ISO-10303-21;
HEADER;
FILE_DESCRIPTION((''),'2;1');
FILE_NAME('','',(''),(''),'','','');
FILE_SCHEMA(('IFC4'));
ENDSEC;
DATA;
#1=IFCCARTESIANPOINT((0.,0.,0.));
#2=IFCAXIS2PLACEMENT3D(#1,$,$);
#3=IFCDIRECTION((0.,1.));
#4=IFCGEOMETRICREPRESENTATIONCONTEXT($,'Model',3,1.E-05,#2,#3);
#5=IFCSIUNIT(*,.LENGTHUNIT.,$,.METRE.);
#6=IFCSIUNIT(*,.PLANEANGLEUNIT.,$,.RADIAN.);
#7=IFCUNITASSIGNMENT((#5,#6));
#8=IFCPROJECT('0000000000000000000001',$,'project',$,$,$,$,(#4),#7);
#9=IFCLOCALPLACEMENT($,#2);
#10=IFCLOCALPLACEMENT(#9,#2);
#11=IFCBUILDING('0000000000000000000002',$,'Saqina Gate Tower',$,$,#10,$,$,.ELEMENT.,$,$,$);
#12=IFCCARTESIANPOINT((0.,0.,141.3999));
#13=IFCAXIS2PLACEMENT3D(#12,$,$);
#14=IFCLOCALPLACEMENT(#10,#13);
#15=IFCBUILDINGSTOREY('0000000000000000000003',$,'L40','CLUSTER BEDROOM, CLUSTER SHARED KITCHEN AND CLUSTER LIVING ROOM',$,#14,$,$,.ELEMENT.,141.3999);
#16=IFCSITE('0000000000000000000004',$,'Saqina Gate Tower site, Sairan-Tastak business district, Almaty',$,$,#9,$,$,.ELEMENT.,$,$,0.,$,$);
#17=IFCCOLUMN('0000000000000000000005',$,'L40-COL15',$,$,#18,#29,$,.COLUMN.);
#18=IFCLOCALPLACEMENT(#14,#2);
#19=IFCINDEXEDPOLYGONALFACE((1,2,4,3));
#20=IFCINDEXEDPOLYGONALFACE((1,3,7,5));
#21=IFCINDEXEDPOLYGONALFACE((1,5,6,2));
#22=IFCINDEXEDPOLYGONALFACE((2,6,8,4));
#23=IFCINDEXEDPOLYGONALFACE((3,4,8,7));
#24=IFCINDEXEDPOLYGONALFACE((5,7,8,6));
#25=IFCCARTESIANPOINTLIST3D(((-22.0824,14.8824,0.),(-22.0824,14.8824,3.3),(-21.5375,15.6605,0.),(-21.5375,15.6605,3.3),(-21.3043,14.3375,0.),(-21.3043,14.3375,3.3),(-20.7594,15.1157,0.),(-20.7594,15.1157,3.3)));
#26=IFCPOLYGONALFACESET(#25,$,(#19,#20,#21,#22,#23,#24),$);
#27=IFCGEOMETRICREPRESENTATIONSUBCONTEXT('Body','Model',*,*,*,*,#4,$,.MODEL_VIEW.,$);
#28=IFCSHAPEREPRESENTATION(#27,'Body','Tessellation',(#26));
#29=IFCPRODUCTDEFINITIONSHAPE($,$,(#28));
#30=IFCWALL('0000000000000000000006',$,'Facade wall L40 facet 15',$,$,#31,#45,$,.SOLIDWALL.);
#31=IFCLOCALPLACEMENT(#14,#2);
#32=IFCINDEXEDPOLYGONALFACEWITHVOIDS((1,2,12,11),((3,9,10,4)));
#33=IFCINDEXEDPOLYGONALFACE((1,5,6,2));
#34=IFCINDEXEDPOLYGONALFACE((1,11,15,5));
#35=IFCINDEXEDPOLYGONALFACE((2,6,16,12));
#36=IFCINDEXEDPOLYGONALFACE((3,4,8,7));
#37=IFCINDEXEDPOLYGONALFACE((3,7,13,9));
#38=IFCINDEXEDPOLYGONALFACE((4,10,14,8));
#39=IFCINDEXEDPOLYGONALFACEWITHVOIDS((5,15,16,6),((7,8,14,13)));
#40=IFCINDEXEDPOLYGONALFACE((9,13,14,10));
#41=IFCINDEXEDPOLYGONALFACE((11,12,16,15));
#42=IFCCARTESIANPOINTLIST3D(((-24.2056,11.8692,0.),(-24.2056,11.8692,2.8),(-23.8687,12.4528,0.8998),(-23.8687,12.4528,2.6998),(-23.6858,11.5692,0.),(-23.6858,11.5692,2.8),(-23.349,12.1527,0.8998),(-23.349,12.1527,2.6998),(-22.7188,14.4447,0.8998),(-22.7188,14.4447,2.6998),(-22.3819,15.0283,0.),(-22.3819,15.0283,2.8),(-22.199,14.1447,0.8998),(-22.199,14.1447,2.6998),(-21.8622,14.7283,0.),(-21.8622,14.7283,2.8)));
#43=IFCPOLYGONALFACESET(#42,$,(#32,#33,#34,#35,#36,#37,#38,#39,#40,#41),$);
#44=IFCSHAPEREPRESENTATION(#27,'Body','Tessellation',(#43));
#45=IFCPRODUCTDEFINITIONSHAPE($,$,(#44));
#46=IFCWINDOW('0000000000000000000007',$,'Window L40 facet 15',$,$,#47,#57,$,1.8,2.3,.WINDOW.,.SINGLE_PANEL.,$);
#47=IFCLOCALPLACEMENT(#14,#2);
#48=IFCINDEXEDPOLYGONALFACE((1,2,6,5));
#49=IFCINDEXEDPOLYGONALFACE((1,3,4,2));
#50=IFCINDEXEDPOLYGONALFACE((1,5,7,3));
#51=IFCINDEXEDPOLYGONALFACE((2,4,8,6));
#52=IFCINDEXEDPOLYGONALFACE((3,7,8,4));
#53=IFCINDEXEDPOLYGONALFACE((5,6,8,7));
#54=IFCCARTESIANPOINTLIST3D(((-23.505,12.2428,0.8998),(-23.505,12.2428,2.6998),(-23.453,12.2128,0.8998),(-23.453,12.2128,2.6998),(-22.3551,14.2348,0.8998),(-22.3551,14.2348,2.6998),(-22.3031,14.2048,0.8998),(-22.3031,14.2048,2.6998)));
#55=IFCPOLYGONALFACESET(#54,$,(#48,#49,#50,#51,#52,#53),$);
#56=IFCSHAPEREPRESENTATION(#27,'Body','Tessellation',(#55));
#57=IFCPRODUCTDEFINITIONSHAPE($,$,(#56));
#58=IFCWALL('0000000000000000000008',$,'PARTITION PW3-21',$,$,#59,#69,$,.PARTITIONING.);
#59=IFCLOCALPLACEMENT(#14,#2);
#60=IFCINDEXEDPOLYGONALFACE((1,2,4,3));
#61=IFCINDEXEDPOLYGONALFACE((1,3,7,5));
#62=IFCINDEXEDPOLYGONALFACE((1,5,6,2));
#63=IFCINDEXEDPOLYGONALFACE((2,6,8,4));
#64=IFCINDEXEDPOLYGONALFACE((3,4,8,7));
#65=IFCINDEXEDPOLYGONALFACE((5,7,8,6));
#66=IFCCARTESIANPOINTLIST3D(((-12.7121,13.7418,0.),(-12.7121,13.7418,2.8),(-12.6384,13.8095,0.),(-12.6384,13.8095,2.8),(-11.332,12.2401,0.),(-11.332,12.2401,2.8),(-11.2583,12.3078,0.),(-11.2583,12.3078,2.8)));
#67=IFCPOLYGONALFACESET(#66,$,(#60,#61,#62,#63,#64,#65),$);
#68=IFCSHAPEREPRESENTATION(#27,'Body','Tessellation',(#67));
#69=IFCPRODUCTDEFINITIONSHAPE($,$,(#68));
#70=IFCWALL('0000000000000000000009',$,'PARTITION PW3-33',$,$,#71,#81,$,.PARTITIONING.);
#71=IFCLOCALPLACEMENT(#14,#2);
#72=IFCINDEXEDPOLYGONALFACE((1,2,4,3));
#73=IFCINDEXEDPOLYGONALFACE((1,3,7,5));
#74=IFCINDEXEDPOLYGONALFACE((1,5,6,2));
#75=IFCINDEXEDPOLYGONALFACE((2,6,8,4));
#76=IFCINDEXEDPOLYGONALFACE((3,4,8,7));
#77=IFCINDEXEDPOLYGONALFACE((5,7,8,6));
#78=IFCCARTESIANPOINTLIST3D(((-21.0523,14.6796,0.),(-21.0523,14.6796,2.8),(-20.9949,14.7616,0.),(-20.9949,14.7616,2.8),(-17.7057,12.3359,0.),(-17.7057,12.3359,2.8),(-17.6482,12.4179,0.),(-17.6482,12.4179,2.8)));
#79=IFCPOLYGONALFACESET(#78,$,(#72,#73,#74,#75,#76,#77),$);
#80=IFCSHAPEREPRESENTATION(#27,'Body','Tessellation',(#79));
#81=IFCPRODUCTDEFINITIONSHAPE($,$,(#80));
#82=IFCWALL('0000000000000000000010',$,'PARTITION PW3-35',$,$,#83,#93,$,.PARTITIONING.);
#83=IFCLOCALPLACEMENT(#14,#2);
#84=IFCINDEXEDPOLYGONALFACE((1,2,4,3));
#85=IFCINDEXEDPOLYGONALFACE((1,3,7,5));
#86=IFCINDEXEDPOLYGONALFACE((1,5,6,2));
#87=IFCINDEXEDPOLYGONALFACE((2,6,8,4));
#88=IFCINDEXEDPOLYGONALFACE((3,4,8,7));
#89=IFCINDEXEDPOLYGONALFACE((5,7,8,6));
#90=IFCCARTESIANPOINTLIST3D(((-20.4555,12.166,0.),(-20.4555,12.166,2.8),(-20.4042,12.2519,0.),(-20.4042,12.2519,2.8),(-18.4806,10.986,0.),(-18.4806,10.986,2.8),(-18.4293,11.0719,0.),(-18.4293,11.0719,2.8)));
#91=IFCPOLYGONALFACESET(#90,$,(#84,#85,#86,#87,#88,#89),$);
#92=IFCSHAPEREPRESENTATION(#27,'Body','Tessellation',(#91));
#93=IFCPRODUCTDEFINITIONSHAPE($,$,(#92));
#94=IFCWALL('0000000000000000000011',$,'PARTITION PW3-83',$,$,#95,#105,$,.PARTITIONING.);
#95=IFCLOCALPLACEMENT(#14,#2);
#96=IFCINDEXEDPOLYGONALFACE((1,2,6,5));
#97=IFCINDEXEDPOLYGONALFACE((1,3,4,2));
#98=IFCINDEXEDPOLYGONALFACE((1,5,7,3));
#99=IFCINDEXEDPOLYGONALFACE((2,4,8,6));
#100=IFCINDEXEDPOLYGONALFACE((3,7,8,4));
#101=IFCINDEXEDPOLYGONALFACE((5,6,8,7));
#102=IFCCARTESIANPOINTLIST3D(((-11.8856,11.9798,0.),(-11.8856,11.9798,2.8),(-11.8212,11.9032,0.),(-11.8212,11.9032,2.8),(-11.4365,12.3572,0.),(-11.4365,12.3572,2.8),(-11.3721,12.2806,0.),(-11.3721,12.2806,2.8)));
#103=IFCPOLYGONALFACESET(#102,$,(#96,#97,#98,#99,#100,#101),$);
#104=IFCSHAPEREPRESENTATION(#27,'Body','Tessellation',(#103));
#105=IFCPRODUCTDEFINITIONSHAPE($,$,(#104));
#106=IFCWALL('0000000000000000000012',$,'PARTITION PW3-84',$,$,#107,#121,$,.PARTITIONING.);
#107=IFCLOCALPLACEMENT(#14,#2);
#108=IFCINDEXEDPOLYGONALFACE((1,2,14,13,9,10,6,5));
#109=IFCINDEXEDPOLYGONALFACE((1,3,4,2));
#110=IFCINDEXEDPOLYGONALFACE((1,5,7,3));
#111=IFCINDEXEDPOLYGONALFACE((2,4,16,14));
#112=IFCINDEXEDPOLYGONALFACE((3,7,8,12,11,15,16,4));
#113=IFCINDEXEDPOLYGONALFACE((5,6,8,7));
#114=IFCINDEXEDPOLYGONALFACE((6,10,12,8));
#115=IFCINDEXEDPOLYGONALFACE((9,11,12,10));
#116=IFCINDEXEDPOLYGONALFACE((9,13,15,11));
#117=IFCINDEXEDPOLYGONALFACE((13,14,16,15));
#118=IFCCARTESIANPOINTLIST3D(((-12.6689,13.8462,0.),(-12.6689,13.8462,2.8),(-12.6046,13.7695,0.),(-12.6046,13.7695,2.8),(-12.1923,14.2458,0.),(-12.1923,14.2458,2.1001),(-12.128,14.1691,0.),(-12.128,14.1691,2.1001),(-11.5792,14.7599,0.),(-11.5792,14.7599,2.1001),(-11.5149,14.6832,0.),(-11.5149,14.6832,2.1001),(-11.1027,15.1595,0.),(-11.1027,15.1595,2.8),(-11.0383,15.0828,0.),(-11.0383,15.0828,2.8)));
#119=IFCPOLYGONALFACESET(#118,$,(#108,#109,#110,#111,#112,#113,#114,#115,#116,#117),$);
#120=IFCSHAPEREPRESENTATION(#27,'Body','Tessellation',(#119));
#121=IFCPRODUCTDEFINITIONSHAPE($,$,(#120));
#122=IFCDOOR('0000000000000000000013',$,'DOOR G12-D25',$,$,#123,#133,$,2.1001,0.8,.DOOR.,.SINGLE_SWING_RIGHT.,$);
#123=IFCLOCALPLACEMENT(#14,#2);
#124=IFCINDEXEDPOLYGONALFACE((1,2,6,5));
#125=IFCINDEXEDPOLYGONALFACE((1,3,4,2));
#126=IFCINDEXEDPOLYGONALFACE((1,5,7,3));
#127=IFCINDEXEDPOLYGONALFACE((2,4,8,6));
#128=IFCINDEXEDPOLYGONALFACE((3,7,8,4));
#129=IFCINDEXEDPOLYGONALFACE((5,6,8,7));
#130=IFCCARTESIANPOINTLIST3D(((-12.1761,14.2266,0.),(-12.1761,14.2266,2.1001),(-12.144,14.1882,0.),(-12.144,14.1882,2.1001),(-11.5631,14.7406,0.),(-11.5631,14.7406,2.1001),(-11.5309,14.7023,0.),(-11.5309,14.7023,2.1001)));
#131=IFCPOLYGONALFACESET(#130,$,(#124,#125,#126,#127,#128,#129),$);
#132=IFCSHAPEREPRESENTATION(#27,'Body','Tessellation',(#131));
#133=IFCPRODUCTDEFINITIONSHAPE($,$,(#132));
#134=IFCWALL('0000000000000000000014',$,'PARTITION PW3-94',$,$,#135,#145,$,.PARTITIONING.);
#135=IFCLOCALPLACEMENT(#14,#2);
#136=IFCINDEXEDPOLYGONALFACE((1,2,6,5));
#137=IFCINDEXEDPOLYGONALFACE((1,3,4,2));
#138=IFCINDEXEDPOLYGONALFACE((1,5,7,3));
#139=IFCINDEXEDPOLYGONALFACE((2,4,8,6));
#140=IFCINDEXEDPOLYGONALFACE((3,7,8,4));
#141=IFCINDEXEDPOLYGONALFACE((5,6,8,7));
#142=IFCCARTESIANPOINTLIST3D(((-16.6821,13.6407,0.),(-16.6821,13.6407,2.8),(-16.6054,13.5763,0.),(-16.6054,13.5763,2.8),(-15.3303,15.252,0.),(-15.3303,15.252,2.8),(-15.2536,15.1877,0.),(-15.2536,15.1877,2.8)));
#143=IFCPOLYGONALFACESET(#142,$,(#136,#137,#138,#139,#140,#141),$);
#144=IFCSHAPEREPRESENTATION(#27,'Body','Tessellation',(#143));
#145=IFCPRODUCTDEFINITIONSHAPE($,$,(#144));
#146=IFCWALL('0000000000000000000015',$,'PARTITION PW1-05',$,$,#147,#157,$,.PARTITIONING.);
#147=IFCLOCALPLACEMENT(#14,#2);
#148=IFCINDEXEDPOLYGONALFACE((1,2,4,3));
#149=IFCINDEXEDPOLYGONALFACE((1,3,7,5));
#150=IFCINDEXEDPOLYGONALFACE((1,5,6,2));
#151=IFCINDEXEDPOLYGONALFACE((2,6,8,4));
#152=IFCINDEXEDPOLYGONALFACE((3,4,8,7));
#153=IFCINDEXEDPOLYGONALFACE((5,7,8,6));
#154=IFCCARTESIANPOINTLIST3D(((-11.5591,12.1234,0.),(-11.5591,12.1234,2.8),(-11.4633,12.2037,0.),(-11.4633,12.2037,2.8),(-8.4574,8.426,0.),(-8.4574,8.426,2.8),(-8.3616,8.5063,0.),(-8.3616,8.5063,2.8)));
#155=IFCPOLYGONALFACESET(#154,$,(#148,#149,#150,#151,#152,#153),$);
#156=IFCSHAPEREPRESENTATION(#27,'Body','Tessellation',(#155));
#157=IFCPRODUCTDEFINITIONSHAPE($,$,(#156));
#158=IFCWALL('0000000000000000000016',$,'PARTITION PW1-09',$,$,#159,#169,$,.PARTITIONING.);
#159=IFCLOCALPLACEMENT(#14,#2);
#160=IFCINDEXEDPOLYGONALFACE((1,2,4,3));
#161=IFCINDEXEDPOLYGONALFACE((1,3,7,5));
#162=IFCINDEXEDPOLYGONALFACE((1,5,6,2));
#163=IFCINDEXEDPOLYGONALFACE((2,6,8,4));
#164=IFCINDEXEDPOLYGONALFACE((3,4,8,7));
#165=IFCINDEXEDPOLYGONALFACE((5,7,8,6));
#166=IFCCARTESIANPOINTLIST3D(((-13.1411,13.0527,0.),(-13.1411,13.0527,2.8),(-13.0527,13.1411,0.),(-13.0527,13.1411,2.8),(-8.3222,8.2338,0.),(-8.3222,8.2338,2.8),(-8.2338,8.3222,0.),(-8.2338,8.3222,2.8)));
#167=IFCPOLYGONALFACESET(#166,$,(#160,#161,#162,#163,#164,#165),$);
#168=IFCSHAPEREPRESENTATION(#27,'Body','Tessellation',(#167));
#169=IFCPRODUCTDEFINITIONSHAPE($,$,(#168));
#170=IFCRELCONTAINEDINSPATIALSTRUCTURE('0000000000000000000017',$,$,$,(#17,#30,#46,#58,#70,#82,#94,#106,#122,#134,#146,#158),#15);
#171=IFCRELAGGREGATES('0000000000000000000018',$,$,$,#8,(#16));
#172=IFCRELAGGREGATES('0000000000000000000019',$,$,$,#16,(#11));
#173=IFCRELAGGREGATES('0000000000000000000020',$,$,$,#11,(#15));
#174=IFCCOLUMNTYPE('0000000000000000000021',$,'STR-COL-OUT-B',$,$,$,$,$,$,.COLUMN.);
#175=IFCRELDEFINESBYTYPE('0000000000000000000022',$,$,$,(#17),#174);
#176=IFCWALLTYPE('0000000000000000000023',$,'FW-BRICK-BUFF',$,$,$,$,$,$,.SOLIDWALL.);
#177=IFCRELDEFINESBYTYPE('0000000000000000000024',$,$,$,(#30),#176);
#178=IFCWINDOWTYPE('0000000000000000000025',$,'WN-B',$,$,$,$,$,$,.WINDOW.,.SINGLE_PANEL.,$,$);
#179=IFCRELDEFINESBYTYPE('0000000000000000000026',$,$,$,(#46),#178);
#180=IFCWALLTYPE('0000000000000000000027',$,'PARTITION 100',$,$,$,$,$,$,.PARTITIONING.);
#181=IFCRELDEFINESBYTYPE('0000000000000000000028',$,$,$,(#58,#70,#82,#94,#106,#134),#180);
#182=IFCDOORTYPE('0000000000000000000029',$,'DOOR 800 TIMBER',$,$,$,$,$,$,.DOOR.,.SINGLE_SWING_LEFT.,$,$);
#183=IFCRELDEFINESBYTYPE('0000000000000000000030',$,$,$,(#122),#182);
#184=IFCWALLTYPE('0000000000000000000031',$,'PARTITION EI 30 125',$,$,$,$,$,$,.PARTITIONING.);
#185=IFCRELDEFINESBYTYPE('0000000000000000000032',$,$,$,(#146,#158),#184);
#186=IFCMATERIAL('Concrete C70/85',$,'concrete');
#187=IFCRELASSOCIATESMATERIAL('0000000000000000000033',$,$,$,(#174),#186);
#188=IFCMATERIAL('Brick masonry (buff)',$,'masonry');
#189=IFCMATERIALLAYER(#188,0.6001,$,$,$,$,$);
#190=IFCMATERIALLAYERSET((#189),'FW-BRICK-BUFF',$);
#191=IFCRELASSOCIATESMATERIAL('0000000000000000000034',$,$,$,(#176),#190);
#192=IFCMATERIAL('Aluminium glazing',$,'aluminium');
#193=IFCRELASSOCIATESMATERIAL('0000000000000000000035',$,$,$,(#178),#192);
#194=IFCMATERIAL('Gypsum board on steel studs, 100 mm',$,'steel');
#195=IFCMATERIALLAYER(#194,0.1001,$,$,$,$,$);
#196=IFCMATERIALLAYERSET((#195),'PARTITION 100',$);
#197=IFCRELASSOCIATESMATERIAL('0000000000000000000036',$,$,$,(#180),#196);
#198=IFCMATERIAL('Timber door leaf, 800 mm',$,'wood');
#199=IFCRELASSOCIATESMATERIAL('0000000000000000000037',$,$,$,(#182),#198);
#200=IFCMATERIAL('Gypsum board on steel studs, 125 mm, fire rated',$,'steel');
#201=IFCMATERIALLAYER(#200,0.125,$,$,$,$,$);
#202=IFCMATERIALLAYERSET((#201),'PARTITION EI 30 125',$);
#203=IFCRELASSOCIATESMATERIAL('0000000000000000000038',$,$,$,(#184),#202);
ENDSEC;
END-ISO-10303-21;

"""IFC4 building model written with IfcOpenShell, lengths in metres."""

from ifc_helpers import new_model, si_unit, direction, frame, frame_2d, origin, origin_2d, place, context, subcontext, project, spatial, rectangle, extrude, material, layer, layer_set, material_profile, profile_set, type_object, element, fill, save


model = new_model("IFC4")

# Units and contexts
model_context = context("Model", 3, precision=1e-05, world=origin(), true_north=direction((0.0, 1.0)))
body_context = subcontext(model_context, "Body", "Model", "MODEL_VIEW")
ifc_project = project(units=[si_unit("LENGTHUNIT", "METRE"), si_unit("PLANEANGLEUNIT", "RADIAN")], contexts=[model_context])

# Site, building, storey
site_placement = place(None, origin())
site = spatial("IfcSite", under=ifc_project, at=site_placement, Name="Saqina Gate Tower site, Sairan-Tastak business district, Almaty", CompositionType="ELEMENT", RefElevation=0.0)
building_placement = place(site_placement, origin())
building = spatial("IfcBuilding", under=site, at=building_placement, Name="Saqina Gate Tower", CompositionType="ELEMENT")
storey_placement = place(building_placement, frame((0.0, 0.0, 141.3999)))
storey = spatial("IfcBuildingStorey", under=building, at=storey_placement, Name="L40", Description="CLUSTER BEDROOM, CLUSTER SHARED KITCHEN AND CLUSTER LIVING ROOM", CompositionType="ELEMENT", Elevation=141.3999)

# Column
ifc_material_1 = material(Name="Concrete C70/85", Category="concrete")
ifc_material_profile = material_profile(ifc_material_1, rectangle(XDim=0.95, YDim=0.95, at=origin_2d()), Name="RC 950x950")
ifc_profile_set = profile_set([ifc_material_profile], Name="Concrete C70/85")
column_type = type_object("IfcColumnType", Name="STR-COL-OUT-B", PredefinedType="COLUMN", material=ifc_profile_set)
column_placement = place(storey_placement, frame((-21.4209, 14.999, 0.0), z_axis=(0.0, 0.0, 1.0), x_axis=(-0.819152, 0.573576, 0.0)))
element("IfcColumn", 1, at=column_placement, inside=storey, type_object=column_type, Name="L40-COL15", PredefinedType="COLUMN", context=body_context, shape_type="SweptSolid", body=[
    extrude(rectangle(XDim=0.95, YDim=0.95, at=origin_2d()), origin(), (0.0, 0.0, 1.0), 3.3),
])

# Wall, opening, window
ifc_material_2 = material(Name="Brick masonry (buff)", Category="masonry")
ifc_layer_1 = layer(ifc_material_2, 0.6001)
ifc_layer_set_1 = layer_set([ifc_layer_1], Name="FW-BRICK-BUFF")
wall_type_1 = type_object("IfcWallType", Name="FW-BRICK-BUFF", PredefinedType="SOLIDWALL", material=ifc_layer_set_1)
wall_1_placement = place(storey_placement, frame((-22.1221, 14.8782, 0.0), z_axis=(0.0, 0.0, 1.0), x_axis=(-0.499954, -0.866052, 0.0)))
wall_1 = element("IfcWall", 2, at=wall_1_placement, inside=storey, type_object=wall_type_1, Name="Facade wall L40 facet 15", PredefinedType="SOLIDWALL", context=body_context, shape_type="SweptSolid", body=[
    extrude(rectangle(XDim=3.6477, YDim=0.6001, at=frame_2d((1.8237, 0.0))), origin(), (0.0, 0.0, 1.0), 2.8),
])
opening_1_placement = place(wall_1_placement, frame((0.6738, 0.0, 0.8999)))
opening_1 = element("IfcOpeningElement", 3, at=opening_1_placement, cuts=wall_1, PredefinedType="OPENING", context=body_context, shape_type="SweptSolid", body=[
    extrude(rectangle(XDim=2.3, YDim=1.8, at=frame_2d((1.1499, 0.8999))), frame((0.0, 0.312, 0.0), z_axis=(0.0, -1.0, 0.0), x_axis=(1.0, 0.0, 0.0)), (0.0, 0.0, 1.0), 0.624),
])
ifc_material_3 = material(Name="Aluminium glazing", Category="aluminium")
window_type = type_object("IfcWindowType", Name="WN-B", PartitioningType="SINGLE_PANEL", PredefinedType="WINDOW", material=ifc_material_3)
window_placement = place(opening_1_placement, origin())
window = element("IfcWindow", 4, at=window_placement, inside=storey, type_object=window_type, Name="Window L40 facet 15", OverallHeight=1.8, OverallWidth=2.3, PartitioningType="SINGLE_PANEL", PredefinedType="WINDOW", context=body_context, shape_type="SweptSolid", body=[
    extrude(rectangle(XDim=2.3, YDim=1.8, at=frame_2d((1.1499, 0.8999))), frame((0.0, 0.1799, 0.0), z_axis=(0.0, -1.0, 0.0), x_axis=(1.0, 0.0, 0.0)), (0.0, 0.0, 1.0), 0.0601),
])
fill(opening_1, window)

# Walls
ifc_material_4 = material(Name="Gypsum board on steel studs, 100 mm", Category="steel")
ifc_layer_2 = layer(ifc_material_4, 0.1001)
ifc_layer_set_2 = layer_set([ifc_layer_2], Name="PARTITION 100")
wall_type_2 = type_object("IfcWallType", Name="PARTITION 100", PredefinedType="PARTITIONING", material=ifc_layer_set_2)
wall_2_placement = place(storey_placement, frame((-12.6753, 13.7756, 0.0), z_axis=(0.0, 0.0, 1.0), x_axis=(0.676673, -0.736284, 0.0)))
element("IfcWall", 5, at=wall_2_placement, inside=storey, type_object=wall_type_2, Name="PARTITION PW3-21", PredefinedType="PARTITIONING", context=body_context, shape_type="SweptSolid", body=[
    extrude(rectangle(XDim=2.0396, YDim=0.1001, at=frame_2d((1.0198, 0.0))), origin(), (0.0, 0.0, 1.0), 2.8),
])
wall_3_placement = place(storey_placement, frame((-21.0237, 14.7207, 0.0), z_axis=(0.0, 0.0, 1.0), x_axis=(0.819108, -0.573639, 0.0)))
element("IfcWall", 6, at=wall_3_placement, inside=storey, type_object=wall_type_2, Name="PARTITION PW3-33", PredefinedType="PARTITIONING", context=body_context, shape_type="SweptSolid", body=[
    extrude(rectangle(XDim=4.0857, YDim=0.1001, at=frame_2d((2.043, 0.0))), origin(), (0.0, 0.0, 1.0), 2.8),
])
wall_4_placement = place(storey_placement, frame((-20.4299, 12.209, 0.0), z_axis=(0.0, 0.0, 1.0), x_axis=(0.858447, -0.512903, 0.0)))
element("IfcWall", 7, at=wall_4_placement, inside=storey, type_object=wall_type_2, Name="PARTITION PW3-35", PredefinedType="PARTITIONING", context=body_context, shape_type="SweptSolid", body=[
    extrude(rectangle(XDim=2.3005, YDim=0.1001, at=frame_2d((1.1504, 0.0))), origin(), (0.0, 0.0, 1.0), 2.8),
])
wall_5_placement = place(storey_placement, frame((-11.8535, 11.9414, 0.0), z_axis=(0.0, 0.0, 1.0), x_axis=(0.765623, 0.64329, 0.0)))
element("IfcWall", 8, at=wall_5_placement, inside=storey, type_object=wall_type_2, Name="PARTITION PW3-83", PredefinedType="PARTITIONING", context=body_context, shape_type="SweptSolid", body=[
    extrude(rectangle(XDim=0.5867, YDim=0.1001, at=frame_2d((0.2935, 0.0))), origin(), (0.0, 0.0, 1.0), 2.8),
])

# Wall, opening, door
wall_6_placement = place(storey_placement, frame((-12.6367, 13.8079, 0.0), z_axis=(0.0, 0.0, 1.0), x_axis=(0.766269, 0.64252, 0.0)))
wall_6 = element("IfcWall", 9, at=wall_6_placement, inside=storey, type_object=wall_type_2, Name="PARTITION PW3-84", PredefinedType="PARTITIONING", context=body_context, shape_type="SweptSolid", body=[
    extrude(rectangle(XDim=2.0439, YDim=0.1001, at=frame_2d((1.022, 0.0))), origin(), (0.0, 0.0, 1.0), 2.8),
])
opening_2_placement = place(wall_6_placement, frame((0.6221, 0.0, 0.0)))
opening_2 = element("IfcOpeningElement", 10, at=opening_2_placement, cuts=wall_6, PredefinedType="OPENING", context=body_context, shape_type="SweptSolid", body=[
    extrude(rectangle(XDim=0.8, YDim=2.1001, at=frame_2d((0.3999, 1.05))), frame((0.0, 0.062, 0.0), z_axis=(0.0, -1.0, 0.0), x_axis=(1.0, 0.0, 0.0)), (0.0, 0.0, 1.0), 0.124),
])
ifc_material_5 = material(Name="Timber door leaf, 800 mm", Category="wood")
door_type_1 = type_object("IfcDoorType", Name="DOOR 800 TIMBER", OperationType="SINGLE_SWING_LEFT", PredefinedType="DOOR", material=ifc_material_5)
door_1_placement = place(opening_2_placement, origin())
door_1 = element("IfcDoor", 11, at=door_1_placement, inside=storey, type_object=door_type_1, Name="DOOR G12-D25", OperationType="SINGLE_SWING_RIGHT", OverallHeight=2.1001, OverallWidth=0.8, PredefinedType="DOOR", context=body_context, shape_type="SweptSolid", body=[
    extrude(rectangle(XDim=0.8, YDim=2.1001, at=frame_2d((0.3999, 1.05))), frame((0.0, 0.0249, 0.0), z_axis=(0.0, -1.0, 0.0), x_axis=(1.0, 0.0, 0.0)), (0.0, 0.0, 1.0), 0.05),
])
fill(opening_2, door_1)

# Walls
wall_7_placement = place(storey_placement, frame((-16.6438, 13.6084, 0.0), z_axis=(0.0, 0.0, 1.0), x_axis=(0.642716, 0.766105, 0.0)))
element("IfcWall", 12, at=wall_7_placement, inside=storey, type_object=wall_type_2, Name="PARTITION PW3-94", PredefinedType="PARTITIONING", context=body_context, shape_type="SweptSolid", body=[
    extrude(rectangle(XDim=2.1033, YDim=0.1001, at=frame_2d((1.0518, 0.0))), origin(), (0.0, 0.0, 1.0), 2.8),
])
ifc_material_6 = material(Name="Gypsum board on steel studs, 125 mm, fire rated", Category="steel")
ifc_layer_3 = layer(ifc_material_6, 0.125)
ifc_layer_set_3 = layer_set([ifc_layer_3], Name="PARTITION EI 30 125")
wall_type_3 = type_object("IfcWallType", Name="PARTITION EI 30 125", PredefinedType="PARTITIONING", material=ifc_layer_set_3)
wall_8_placement = place(storey_placement, frame((-11.5112, 12.1636, 0.0), z_axis=(0.0, 0.0, 1.0), x_axis=(0.642694, -0.766123, 0.0)))
element("IfcWall", 13, at=wall_8_placement, inside=storey, type_object=wall_type_3, Name="PARTITION PW1-05", PredefinedType="PARTITIONING", context=body_context, shape_type="SweptSolid", body=[
    extrude(rectangle(XDim=4.8262, YDim=0.125, at=frame_2d((2.4131, 0.0))), origin(), (0.0, 0.0, 1.0), 2.8),
])
wall_9_placement = place(storey_placement, frame((-13.0969, 13.0969, 0.0), z_axis=(0.0, 0.0, 1.0), x_axis=(0.707107, -0.707107, 0.0)))
element("IfcWall", 14, at=wall_9_placement, inside=storey, type_object=wall_type_3, Name="PARTITION PW1-09", PredefinedType="PARTITIONING", context=body_context, shape_type="SweptSolid", body=[
    extrude(rectangle(XDim=6.8149, YDim=0.125, at=frame_2d((3.4075, 0.0))), origin(), (0.0, 0.0, 1.0), 2.8),
])

save(model, "model.ifc")
